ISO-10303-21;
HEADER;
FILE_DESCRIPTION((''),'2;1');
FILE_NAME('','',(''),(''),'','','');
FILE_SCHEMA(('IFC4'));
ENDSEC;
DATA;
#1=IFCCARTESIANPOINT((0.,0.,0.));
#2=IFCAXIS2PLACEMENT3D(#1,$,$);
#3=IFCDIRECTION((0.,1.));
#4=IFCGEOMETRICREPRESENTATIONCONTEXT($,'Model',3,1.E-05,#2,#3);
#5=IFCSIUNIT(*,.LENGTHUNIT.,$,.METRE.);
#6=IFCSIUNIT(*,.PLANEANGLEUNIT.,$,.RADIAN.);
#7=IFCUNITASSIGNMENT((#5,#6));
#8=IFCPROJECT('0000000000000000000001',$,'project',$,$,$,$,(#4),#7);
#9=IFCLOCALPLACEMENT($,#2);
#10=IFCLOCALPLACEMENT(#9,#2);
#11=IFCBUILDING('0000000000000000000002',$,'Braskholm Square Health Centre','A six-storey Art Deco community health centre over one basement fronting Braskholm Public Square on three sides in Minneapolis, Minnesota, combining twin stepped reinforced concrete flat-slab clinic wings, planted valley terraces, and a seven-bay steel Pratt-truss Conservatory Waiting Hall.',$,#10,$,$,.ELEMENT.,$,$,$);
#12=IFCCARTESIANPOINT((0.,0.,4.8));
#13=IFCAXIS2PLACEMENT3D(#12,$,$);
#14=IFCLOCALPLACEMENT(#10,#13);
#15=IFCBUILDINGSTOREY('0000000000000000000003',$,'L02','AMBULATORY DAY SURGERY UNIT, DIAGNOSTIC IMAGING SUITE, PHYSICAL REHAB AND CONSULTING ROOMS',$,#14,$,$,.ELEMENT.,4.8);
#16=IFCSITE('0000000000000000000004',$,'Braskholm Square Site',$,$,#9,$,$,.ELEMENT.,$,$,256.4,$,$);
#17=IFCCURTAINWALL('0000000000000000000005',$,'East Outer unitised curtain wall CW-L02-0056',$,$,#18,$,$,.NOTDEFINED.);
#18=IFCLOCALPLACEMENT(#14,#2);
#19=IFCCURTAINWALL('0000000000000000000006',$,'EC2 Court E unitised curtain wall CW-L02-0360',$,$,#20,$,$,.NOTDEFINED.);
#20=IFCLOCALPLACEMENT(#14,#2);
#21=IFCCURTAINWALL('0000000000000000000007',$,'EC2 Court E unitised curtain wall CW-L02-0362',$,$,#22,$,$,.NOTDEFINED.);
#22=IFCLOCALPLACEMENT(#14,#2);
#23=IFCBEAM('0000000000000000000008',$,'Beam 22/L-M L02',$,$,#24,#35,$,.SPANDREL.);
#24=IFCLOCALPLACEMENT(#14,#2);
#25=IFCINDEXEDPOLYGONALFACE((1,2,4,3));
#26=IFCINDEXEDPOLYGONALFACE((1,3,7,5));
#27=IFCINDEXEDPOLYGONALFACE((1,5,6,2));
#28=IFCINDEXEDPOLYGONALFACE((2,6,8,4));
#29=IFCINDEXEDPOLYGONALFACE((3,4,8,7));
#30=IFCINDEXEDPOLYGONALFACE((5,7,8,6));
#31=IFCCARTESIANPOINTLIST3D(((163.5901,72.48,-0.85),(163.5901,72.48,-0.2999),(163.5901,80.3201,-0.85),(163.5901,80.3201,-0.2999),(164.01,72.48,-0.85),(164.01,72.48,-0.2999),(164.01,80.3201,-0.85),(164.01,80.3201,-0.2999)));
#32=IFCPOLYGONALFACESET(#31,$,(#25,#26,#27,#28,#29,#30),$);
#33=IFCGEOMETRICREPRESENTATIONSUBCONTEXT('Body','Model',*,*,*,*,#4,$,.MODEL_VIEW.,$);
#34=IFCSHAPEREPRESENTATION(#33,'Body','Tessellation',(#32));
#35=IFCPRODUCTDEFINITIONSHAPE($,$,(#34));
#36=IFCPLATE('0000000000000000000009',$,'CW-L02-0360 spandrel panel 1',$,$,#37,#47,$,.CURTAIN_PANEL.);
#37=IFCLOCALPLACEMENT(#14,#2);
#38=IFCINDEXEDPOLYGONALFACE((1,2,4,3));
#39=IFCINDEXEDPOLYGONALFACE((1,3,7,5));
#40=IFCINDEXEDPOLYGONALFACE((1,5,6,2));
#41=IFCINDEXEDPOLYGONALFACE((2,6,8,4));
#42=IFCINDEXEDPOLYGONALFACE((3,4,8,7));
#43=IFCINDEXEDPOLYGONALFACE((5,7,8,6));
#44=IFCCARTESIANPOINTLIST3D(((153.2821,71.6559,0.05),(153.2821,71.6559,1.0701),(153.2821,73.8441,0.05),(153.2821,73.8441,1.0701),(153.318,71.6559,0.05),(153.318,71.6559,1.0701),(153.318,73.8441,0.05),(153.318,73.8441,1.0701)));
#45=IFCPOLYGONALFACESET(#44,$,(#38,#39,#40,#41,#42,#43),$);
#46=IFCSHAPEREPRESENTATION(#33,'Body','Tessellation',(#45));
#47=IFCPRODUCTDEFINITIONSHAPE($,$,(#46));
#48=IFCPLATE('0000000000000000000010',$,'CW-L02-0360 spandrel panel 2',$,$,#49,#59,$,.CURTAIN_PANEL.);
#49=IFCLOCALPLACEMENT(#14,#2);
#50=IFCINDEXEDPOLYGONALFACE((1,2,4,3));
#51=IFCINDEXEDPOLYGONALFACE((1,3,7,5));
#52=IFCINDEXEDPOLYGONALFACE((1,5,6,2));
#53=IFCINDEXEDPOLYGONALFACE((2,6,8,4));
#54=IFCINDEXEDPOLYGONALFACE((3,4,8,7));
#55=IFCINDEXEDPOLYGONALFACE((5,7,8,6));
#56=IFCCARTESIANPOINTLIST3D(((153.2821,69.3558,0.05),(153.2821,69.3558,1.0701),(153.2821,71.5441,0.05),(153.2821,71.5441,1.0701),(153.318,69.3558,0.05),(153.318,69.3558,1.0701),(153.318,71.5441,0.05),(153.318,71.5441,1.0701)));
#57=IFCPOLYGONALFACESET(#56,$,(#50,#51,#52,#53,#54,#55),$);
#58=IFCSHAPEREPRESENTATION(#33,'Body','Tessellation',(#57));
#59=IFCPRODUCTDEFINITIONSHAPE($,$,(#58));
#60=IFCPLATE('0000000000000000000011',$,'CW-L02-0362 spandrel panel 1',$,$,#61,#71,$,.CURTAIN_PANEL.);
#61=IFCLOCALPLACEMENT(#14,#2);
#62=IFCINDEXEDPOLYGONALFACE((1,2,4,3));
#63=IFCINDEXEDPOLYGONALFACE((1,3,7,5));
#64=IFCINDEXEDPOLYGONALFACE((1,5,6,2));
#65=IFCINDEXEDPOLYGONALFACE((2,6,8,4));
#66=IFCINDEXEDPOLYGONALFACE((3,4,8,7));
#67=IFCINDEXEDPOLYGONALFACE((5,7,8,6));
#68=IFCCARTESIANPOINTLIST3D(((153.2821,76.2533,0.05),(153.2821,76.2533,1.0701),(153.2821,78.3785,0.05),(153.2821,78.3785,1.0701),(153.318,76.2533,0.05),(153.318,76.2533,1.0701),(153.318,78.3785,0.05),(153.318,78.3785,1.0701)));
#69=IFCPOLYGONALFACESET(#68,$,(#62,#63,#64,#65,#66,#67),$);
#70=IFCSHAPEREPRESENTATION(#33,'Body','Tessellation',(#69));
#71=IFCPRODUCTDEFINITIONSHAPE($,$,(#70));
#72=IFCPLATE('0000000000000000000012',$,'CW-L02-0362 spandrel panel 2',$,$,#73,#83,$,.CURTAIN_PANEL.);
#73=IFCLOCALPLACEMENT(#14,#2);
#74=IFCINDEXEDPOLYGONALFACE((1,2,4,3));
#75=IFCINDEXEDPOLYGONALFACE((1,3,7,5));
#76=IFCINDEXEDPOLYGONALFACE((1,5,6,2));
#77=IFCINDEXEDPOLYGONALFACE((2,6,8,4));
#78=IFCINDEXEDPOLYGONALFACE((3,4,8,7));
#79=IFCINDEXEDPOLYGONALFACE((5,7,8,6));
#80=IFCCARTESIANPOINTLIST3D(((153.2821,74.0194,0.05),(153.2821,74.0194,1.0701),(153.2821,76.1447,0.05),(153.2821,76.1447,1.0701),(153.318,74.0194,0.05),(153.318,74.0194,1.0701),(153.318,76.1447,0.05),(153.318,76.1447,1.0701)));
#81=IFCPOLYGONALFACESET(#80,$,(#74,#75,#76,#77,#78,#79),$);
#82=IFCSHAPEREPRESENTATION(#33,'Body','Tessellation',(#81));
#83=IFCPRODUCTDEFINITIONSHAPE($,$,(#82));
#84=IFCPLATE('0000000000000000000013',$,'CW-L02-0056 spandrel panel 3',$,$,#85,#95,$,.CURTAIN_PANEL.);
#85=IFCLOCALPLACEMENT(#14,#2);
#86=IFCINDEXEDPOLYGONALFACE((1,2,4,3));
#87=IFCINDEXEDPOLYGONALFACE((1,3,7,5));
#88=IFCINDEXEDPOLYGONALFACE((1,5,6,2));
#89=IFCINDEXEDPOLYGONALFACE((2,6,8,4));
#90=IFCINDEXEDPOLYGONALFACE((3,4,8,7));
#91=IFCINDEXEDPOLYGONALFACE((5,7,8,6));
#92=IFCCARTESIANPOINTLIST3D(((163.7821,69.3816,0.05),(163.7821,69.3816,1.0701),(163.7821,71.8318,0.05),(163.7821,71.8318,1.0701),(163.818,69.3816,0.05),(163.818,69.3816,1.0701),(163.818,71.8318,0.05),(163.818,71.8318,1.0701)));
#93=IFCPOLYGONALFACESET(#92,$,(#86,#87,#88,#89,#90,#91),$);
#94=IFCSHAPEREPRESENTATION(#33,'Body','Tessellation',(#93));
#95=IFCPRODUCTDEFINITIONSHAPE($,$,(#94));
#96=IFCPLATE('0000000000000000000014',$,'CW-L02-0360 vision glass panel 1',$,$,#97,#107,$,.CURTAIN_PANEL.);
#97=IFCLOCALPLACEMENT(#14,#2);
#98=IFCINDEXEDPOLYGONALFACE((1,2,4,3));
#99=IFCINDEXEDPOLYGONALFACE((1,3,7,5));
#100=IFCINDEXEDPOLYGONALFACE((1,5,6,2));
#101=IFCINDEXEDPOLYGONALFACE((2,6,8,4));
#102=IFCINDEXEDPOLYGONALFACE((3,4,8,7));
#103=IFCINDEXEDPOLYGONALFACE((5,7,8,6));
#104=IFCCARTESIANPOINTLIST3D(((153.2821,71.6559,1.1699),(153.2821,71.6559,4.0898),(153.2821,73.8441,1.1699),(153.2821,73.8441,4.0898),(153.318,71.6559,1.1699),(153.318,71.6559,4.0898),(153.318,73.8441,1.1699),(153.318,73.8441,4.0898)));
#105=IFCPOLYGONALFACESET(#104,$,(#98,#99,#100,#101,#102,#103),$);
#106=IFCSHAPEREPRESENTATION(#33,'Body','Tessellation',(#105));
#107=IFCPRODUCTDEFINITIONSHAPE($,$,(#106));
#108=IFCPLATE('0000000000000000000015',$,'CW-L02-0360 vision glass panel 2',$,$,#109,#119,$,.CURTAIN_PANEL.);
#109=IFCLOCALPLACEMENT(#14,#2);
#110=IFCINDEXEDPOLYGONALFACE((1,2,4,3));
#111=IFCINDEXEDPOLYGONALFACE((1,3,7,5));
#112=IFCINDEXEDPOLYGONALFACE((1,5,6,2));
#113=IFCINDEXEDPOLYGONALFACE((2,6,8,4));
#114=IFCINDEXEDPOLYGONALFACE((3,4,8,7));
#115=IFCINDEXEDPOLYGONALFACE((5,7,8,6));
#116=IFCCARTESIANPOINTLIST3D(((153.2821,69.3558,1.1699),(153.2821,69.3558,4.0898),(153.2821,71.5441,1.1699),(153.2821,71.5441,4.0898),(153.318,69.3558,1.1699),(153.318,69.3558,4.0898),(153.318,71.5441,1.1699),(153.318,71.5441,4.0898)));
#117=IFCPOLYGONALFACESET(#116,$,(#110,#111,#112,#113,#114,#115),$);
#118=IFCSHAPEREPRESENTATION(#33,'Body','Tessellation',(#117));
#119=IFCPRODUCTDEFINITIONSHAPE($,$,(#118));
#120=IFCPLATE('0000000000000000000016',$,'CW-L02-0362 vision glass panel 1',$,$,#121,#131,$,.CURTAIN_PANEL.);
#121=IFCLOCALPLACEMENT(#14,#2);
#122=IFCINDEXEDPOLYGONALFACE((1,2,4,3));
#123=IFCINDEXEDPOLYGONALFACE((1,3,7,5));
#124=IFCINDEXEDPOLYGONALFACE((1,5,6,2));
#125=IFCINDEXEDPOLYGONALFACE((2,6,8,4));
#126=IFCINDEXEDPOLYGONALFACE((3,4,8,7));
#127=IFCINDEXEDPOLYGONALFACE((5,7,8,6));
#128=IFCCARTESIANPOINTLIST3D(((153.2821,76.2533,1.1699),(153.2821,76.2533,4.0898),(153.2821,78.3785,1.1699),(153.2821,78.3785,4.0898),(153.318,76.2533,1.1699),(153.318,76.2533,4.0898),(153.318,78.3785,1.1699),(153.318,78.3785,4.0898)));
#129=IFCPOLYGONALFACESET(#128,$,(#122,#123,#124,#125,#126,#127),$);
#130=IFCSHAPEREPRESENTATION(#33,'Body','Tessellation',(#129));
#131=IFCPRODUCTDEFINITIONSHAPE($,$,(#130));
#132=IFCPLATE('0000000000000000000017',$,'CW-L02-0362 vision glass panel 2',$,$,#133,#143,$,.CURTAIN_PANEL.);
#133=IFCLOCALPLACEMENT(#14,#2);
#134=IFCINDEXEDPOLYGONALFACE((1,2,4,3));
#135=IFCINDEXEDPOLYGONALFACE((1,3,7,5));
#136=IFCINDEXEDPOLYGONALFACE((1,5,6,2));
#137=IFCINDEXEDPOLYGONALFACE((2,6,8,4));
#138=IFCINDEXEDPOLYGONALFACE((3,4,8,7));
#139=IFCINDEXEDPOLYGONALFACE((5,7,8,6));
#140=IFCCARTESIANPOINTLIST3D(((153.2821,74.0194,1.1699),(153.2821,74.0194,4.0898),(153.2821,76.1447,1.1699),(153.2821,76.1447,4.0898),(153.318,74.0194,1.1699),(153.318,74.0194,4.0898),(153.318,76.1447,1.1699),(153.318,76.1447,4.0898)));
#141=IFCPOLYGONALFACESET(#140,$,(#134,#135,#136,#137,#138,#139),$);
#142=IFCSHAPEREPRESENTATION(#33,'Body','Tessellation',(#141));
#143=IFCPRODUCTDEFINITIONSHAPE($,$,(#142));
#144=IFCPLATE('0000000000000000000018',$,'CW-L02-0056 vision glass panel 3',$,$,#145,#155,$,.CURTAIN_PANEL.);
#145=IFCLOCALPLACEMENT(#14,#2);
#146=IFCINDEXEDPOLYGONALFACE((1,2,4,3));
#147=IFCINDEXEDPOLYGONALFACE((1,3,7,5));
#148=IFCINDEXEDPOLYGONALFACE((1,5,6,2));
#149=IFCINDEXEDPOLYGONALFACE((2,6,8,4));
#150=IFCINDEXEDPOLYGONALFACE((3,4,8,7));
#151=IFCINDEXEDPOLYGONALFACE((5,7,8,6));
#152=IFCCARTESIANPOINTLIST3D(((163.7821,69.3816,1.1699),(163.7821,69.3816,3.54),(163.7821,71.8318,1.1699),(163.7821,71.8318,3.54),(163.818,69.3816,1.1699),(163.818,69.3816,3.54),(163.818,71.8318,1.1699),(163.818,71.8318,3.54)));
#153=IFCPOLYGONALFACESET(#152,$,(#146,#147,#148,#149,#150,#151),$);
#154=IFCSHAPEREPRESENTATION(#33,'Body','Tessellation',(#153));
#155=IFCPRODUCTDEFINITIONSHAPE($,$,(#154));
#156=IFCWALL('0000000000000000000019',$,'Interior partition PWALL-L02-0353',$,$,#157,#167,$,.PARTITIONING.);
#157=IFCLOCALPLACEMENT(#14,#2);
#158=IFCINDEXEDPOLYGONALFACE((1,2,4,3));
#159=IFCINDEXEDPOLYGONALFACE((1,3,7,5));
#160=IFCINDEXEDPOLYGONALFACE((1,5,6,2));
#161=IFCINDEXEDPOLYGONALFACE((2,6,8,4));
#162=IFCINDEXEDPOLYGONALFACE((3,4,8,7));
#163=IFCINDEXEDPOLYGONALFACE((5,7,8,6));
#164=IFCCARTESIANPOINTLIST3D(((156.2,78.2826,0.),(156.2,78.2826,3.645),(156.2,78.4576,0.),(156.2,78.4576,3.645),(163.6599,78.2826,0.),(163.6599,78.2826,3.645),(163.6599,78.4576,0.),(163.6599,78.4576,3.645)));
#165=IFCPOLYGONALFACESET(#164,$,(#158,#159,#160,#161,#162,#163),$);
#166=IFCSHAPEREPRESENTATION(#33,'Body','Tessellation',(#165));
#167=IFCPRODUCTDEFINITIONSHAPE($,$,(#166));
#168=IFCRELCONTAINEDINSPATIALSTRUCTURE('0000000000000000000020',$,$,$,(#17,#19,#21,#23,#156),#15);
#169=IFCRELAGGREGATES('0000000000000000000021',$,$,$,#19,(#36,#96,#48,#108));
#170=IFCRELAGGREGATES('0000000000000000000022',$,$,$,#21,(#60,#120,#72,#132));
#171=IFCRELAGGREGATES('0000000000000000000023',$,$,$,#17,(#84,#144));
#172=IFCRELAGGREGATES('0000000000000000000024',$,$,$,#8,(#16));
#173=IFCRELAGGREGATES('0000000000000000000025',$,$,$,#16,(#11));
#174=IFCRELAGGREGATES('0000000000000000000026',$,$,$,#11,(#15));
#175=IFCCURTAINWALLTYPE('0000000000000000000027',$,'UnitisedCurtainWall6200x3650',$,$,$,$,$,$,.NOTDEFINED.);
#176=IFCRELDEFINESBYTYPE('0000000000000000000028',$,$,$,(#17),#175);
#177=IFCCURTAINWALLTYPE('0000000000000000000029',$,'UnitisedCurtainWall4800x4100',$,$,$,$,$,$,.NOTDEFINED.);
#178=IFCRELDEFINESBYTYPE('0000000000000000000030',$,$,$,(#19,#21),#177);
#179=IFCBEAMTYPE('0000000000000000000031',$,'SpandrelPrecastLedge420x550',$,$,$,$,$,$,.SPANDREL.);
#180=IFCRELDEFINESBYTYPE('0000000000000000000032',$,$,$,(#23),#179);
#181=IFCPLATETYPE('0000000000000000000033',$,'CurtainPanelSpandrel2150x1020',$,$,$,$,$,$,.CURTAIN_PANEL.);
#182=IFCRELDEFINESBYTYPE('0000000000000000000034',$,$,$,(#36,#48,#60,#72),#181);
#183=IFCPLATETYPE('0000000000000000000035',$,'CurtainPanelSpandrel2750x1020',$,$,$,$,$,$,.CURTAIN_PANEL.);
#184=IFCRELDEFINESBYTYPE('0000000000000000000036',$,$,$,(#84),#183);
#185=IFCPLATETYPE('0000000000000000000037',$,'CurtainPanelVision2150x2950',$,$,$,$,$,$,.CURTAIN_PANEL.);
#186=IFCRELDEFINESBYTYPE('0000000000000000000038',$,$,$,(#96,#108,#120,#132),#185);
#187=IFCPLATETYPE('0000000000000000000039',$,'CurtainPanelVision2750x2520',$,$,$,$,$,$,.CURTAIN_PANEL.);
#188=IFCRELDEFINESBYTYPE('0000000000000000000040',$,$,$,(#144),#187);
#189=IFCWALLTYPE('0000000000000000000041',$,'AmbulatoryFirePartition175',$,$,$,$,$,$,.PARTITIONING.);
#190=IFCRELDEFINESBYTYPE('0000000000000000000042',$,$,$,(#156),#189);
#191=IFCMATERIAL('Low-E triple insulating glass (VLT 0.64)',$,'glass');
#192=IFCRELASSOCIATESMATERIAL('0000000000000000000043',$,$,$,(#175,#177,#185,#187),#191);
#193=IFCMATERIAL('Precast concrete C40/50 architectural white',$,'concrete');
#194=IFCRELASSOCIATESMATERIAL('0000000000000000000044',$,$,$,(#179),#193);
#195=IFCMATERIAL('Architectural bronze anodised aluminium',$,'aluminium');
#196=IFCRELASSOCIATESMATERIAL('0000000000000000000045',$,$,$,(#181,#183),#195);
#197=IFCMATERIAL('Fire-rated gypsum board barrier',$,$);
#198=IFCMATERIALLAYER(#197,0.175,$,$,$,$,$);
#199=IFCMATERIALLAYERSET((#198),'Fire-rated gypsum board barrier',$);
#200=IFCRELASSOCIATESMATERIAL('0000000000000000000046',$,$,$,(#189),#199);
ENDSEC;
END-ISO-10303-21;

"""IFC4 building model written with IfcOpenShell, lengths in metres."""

from ifc_helpers import new_model, si_unit, direction, frame, frame_2d, origin, origin_2d, place, context, subcontext, project, spatial, rectangle, extrude, material, layer, layer_set, material_profile, profile_set, type_object, element, aggregate, save


model = new_model("IFC4")

# Units and contexts
model_context = context("Model", 3, precision=1e-05, world=origin(), true_north=direction((0.0, 1.0)))
body_context = subcontext(model_context, "Body", "Model", "MODEL_VIEW")
ifc_project = project(units=[si_unit("LENGTHUNIT", "METRE"), si_unit("PLANEANGLEUNIT", "RADIAN")], contexts=[model_context])

# Site, building, storey
site_placement = place(None, origin())
site = spatial("IfcSite", under=ifc_project, at=site_placement, Name="Braskholm Square Site", CompositionType="ELEMENT", RefElevation=256.4)
building_placement = place(site_placement, origin())
building = spatial("IfcBuilding", under=site, at=building_placement, Name="Braskholm Square Health Centre", Description="A six-storey Art Deco community health centre over one basement fronting Braskholm Public Square on three sides in Minneapolis, Minnesota, combining twin stepped reinforced concrete flat-slab clinic wings, planted valley terraces, and a seven-bay steel Pratt-truss Conservatory Waiting Hall.", CompositionType="ELEMENT")
storey_placement = place(building_placement, frame((0.0, 0.0, 4.8)))
storey = spatial("IfcBuildingStorey", under=building, at=storey_placement, Name="L02", Description="AMBULATORY DAY SURGERY UNIT, DIAGNOSTIC IMAGING SUITE, PHYSICAL REHAB AND CONSULTING ROOMS", CompositionType="ELEMENT", Elevation=4.8)

# Shared definitions
ifc_material_1 = material(Name="Precast concrete C40/50 architectural white", Category="concrete")

# Curtain wall
ifc_material_2 = material(Name="Low-E triple insulating glass (VLT 0.64)", Category="glass")
curtain_wall_type_1 = type_object("IfcCurtainWallType", Name="UnitisedCurtainWall6200x3650", PredefinedType="NOTDEFINED", material=ifc_material_2)
curtain_wall_1_placement = place(storey_placement, origin())
curtain_wall_1 = element("IfcCurtainWall", 1, at=curtain_wall_1_placement, inside=storey, type_object=curtain_wall_type_1, Name="East Outer unitised curtain wall CW-L02-0056", PredefinedType="NOTDEFINED")
ifc_material_3 = material(Name="Architectural bronze anodised aluminium", Category="aluminium")

# Curtain walls
curtain_wall_type_2 = type_object("IfcCurtainWallType", Name="UnitisedCurtainWall4800x4100", PredefinedType="NOTDEFINED", material=ifc_material_2)
curtain_wall_2_placement = place(storey_placement, origin())
curtain_wall_2 = element("IfcCurtainWall", 2, at=curtain_wall_2_placement, inside=storey, type_object=curtain_wall_type_2, Name="EC2 Court E unitised curtain wall CW-L02-0360", PredefinedType="NOTDEFINED")
curtain_wall_3_placement = place(storey_placement, origin())
curtain_wall_3 = element("IfcCurtainWall", 3, at=curtain_wall_3_placement, inside=storey, type_object=curtain_wall_type_2, Name="EC2 Court E unitised curtain wall CW-L02-0362", PredefinedType="NOTDEFINED")

# Beam
ifc_material_profile_1 = material_profile(ifc_material_1, rectangle(XDim=0.4199, YDim=0.55, at=origin_2d()), Name="RCB-420X550")
ifc_profile_set_1 = profile_set([ifc_material_profile_1], Name="Precast concrete C40/50 architectural white")
beam_type_1 = type_object("IfcBeamType", Name="SpandrelPrecastLedge420x550", PredefinedType="SPANDREL", material=ifc_profile_set_1)
beam_1_placement = place(storey_placement, frame((163.8, 72.48, -0.575), z_axis=(0.0, 1.0, 0.0), x_axis=(-1.0, 0.0, 0.0)))
element("IfcBeam", 4, at=beam_1_placement, inside=storey, type_object=beam_type_1, Name="Beam 22/L-M L02", PredefinedType="SPANDREL", context=body_context, shape_type="SweptSolid", body=[
    extrude(rectangle(XDim=0.4199, YDim=0.55, at=origin_2d()), origin(), (0.0, 0.0, 1.0), 7.8401),
])

# Plates
plate_type_1 = type_object("IfcPlateType", Name="CurtainPanelSpandrel2150x1020", PredefinedType="CURTAIN_PANEL", material=ifc_material_3)
plate_1_placement = place(storey_placement, frame((153.3, 72.75, 0.05), z_axis=(0.0, 0.0, 1.0), x_axis=(0.0, -1.0, 0.0)))
plate_1 = element("IfcPlate", 5, at=plate_1_placement, type_object=plate_type_1, Name="CW-L02-0360 spandrel panel 1", PredefinedType="CURTAIN_PANEL", context=body_context, shape_type="SweptSolid", body=[
    extrude(rectangle(XDim=2.1882, YDim=0.0359, at=origin_2d()), origin(), (0.0, 0.0, 1.0), 1.02),
])
plate_2_placement = place(storey_placement, frame((153.3, 70.45, 0.05), z_axis=(0.0, 0.0, 1.0), x_axis=(0.0, -1.0, 0.0)))
plate_2 = element("IfcPlate", 6, at=plate_2_placement, type_object=plate_type_1, Name="CW-L02-0360 spandrel panel 2", PredefinedType="CURTAIN_PANEL", context=body_context, shape_type="SweptSolid", body=[
    extrude(rectangle(XDim=2.1882, YDim=0.0359, at=origin_2d()), origin(), (0.0, 0.0, 1.0), 1.02),
])
plate_3_placement = place(storey_placement, frame((153.3, 77.3159, 0.05), z_axis=(0.0, 0.0, 1.0), x_axis=(0.0, -1.0, 0.0)))
plate_3 = element("IfcPlate", 7, at=plate_3_placement, type_object=plate_type_1, Name="CW-L02-0362 spandrel panel 1", PredefinedType="CURTAIN_PANEL", context=body_context, shape_type="SweptSolid", body=[
    extrude(rectangle(XDim=2.1252, YDim=0.0359, at=origin_2d()), origin(), (0.0, 0.0, 1.0), 1.02),
])
plate_4_placement = place(storey_placement, frame((153.3, 75.082, 0.05), z_axis=(0.0, 0.0, 1.0), x_axis=(0.0, -1.0, 0.0)))
plate_4 = element("IfcPlate", 8, at=plate_4_placement, type_object=plate_type_1, Name="CW-L02-0362 spandrel panel 2", PredefinedType="CURTAIN_PANEL", context=body_context, shape_type="SweptSolid", body=[
    extrude(rectangle(XDim=2.1252, YDim=0.0359, at=origin_2d()), origin(), (0.0, 0.0, 1.0), 1.02),
])
plate_type_2 = type_object("IfcPlateType", Name="CurtainPanelSpandrel2750x1020", PredefinedType="CURTAIN_PANEL", material=ifc_material_3)
plate_5_placement = place(storey_placement, frame((163.8, 70.6067, 0.05), z_axis=(0.0, 0.0, 1.0), x_axis=(0.0, 1.0, 0.0)))
plate_5 = element("IfcPlate", 9, at=plate_5_placement, type_object=plate_type_2, Name="CW-L02-0056 spandrel panel 3", PredefinedType="CURTAIN_PANEL", context=body_context, shape_type="SweptSolid", body=[
    extrude(rectangle(XDim=2.4502, YDim=0.0359, at=origin_2d()), origin(), (0.0, 0.0, 1.0), 1.02),
])
plate_type_3 = type_object("IfcPlateType", Name="CurtainPanelVision2150x2950", PredefinedType="CURTAIN_PANEL", material=ifc_material_2)
plate_6_placement = place(storey_placement, frame((153.3, 72.75, 1.1699), z_axis=(0.0, 0.0, 1.0), x_axis=(0.0, -1.0, 0.0)))
plate_6 = element("IfcPlate", 10, at=plate_6_placement, type_object=plate_type_3, Name="CW-L02-0360 vision glass panel 1", PredefinedType="CURTAIN_PANEL", context=body_context, shape_type="SweptSolid", body=[
    extrude(rectangle(XDim=2.1882, YDim=0.0359, at=origin_2d()), origin(), (0.0, 0.0, 1.0), 2.9199),
])
plate_7_placement = place(storey_placement, frame((153.3, 70.45, 1.1699), z_axis=(0.0, 0.0, 1.0), x_axis=(0.0, -1.0, 0.0)))
plate_7 = element("IfcPlate", 11, at=plate_7_placement, type_object=plate_type_3, Name="CW-L02-0360 vision glass panel 2", PredefinedType="CURTAIN_PANEL", context=body_context, shape_type="SweptSolid", body=[
    extrude(rectangle(XDim=2.1882, YDim=0.0359, at=origin_2d()), origin(), (0.0, 0.0, 1.0), 2.9199),
])
aggregate(curtain_wall_2, [plate_1, plate_6, plate_2, plate_7])
plate_8_placement = place(storey_placement, frame((153.3, 77.3159, 1.1699), z_axis=(0.0, 0.0, 1.0), x_axis=(0.0, -1.0, 0.0)))
plate_8 = element("IfcPlate", 12, at=plate_8_placement, type_object=plate_type_3, Name="CW-L02-0362 vision glass panel 1", PredefinedType="CURTAIN_PANEL", context=body_context, shape_type="SweptSolid", body=[
    extrude(rectangle(XDim=2.1252, YDim=0.0359, at=origin_2d()), origin(), (0.0, 0.0, 1.0), 2.9199),
])
plate_9_placement = place(storey_placement, frame((153.3, 75.082, 1.1699), z_axis=(0.0, 0.0, 1.0), x_axis=(0.0, -1.0, 0.0)))
plate_9 = element("IfcPlate", 13, at=plate_9_placement, type_object=plate_type_3, Name="CW-L02-0362 vision glass panel 2", PredefinedType="CURTAIN_PANEL", context=body_context, shape_type="SweptSolid", body=[
    extrude(rectangle(XDim=2.1252, YDim=0.0359, at=origin_2d()), origin(), (0.0, 0.0, 1.0), 2.9199),
])
aggregate(curtain_wall_3, [plate_3, plate_8, plate_4, plate_9])
plate_type_4 = type_object("IfcPlateType", Name="CurtainPanelVision2750x2520", PredefinedType="CURTAIN_PANEL", material=ifc_material_2)
plate_10_placement = place(storey_placement, frame((163.8, 70.6067, 1.1699), z_axis=(0.0, 0.0, 1.0), x_axis=(0.0, 1.0, 0.0)))
plate_10 = element("IfcPlate", 14, at=plate_10_placement, type_object=plate_type_4, Name="CW-L02-0056 vision glass panel 3", PredefinedType="CURTAIN_PANEL", context=body_context, shape_type="SweptSolid", body=[
    extrude(rectangle(XDim=2.4502, YDim=0.0359, at=origin_2d()), origin(), (0.0, 0.0, 1.0), 2.3701),
])
aggregate(curtain_wall_1, [plate_5, plate_10])

# Wall
ifc_material_4 = material(Name="Fire-rated gypsum board barrier")
ifc_layer_1 = layer(ifc_material_4, 0.175)
ifc_layer_set_1 = layer_set([ifc_layer_1], Name="Fire-rated gypsum board barrier")
wall_type_1 = type_object("IfcWallType", Name="AmbulatoryFirePartition175", PredefinedType="PARTITIONING", material=ifc_layer_set_1)
wall_1_placement = place(storey_placement, frame((156.2, 78.3701, 0.0), z_axis=(0.0, 0.0, 1.0), x_axis=(1.0, 0.0, 0.0)))
element("IfcWall", 15, at=wall_1_placement, inside=storey, type_object=wall_type_1, Name="Interior partition PWALL-L02-0353", PredefinedType="PARTITIONING", context=body_context, shape_type="SweptSolid", body=[
    extrude(rectangle(XDim=7.46, YDim=0.175, at=frame_2d((3.73, 0.0))), origin(), (0.0, 0.0, 1.0), 3.645),
])

save(model, "model.ifc")
